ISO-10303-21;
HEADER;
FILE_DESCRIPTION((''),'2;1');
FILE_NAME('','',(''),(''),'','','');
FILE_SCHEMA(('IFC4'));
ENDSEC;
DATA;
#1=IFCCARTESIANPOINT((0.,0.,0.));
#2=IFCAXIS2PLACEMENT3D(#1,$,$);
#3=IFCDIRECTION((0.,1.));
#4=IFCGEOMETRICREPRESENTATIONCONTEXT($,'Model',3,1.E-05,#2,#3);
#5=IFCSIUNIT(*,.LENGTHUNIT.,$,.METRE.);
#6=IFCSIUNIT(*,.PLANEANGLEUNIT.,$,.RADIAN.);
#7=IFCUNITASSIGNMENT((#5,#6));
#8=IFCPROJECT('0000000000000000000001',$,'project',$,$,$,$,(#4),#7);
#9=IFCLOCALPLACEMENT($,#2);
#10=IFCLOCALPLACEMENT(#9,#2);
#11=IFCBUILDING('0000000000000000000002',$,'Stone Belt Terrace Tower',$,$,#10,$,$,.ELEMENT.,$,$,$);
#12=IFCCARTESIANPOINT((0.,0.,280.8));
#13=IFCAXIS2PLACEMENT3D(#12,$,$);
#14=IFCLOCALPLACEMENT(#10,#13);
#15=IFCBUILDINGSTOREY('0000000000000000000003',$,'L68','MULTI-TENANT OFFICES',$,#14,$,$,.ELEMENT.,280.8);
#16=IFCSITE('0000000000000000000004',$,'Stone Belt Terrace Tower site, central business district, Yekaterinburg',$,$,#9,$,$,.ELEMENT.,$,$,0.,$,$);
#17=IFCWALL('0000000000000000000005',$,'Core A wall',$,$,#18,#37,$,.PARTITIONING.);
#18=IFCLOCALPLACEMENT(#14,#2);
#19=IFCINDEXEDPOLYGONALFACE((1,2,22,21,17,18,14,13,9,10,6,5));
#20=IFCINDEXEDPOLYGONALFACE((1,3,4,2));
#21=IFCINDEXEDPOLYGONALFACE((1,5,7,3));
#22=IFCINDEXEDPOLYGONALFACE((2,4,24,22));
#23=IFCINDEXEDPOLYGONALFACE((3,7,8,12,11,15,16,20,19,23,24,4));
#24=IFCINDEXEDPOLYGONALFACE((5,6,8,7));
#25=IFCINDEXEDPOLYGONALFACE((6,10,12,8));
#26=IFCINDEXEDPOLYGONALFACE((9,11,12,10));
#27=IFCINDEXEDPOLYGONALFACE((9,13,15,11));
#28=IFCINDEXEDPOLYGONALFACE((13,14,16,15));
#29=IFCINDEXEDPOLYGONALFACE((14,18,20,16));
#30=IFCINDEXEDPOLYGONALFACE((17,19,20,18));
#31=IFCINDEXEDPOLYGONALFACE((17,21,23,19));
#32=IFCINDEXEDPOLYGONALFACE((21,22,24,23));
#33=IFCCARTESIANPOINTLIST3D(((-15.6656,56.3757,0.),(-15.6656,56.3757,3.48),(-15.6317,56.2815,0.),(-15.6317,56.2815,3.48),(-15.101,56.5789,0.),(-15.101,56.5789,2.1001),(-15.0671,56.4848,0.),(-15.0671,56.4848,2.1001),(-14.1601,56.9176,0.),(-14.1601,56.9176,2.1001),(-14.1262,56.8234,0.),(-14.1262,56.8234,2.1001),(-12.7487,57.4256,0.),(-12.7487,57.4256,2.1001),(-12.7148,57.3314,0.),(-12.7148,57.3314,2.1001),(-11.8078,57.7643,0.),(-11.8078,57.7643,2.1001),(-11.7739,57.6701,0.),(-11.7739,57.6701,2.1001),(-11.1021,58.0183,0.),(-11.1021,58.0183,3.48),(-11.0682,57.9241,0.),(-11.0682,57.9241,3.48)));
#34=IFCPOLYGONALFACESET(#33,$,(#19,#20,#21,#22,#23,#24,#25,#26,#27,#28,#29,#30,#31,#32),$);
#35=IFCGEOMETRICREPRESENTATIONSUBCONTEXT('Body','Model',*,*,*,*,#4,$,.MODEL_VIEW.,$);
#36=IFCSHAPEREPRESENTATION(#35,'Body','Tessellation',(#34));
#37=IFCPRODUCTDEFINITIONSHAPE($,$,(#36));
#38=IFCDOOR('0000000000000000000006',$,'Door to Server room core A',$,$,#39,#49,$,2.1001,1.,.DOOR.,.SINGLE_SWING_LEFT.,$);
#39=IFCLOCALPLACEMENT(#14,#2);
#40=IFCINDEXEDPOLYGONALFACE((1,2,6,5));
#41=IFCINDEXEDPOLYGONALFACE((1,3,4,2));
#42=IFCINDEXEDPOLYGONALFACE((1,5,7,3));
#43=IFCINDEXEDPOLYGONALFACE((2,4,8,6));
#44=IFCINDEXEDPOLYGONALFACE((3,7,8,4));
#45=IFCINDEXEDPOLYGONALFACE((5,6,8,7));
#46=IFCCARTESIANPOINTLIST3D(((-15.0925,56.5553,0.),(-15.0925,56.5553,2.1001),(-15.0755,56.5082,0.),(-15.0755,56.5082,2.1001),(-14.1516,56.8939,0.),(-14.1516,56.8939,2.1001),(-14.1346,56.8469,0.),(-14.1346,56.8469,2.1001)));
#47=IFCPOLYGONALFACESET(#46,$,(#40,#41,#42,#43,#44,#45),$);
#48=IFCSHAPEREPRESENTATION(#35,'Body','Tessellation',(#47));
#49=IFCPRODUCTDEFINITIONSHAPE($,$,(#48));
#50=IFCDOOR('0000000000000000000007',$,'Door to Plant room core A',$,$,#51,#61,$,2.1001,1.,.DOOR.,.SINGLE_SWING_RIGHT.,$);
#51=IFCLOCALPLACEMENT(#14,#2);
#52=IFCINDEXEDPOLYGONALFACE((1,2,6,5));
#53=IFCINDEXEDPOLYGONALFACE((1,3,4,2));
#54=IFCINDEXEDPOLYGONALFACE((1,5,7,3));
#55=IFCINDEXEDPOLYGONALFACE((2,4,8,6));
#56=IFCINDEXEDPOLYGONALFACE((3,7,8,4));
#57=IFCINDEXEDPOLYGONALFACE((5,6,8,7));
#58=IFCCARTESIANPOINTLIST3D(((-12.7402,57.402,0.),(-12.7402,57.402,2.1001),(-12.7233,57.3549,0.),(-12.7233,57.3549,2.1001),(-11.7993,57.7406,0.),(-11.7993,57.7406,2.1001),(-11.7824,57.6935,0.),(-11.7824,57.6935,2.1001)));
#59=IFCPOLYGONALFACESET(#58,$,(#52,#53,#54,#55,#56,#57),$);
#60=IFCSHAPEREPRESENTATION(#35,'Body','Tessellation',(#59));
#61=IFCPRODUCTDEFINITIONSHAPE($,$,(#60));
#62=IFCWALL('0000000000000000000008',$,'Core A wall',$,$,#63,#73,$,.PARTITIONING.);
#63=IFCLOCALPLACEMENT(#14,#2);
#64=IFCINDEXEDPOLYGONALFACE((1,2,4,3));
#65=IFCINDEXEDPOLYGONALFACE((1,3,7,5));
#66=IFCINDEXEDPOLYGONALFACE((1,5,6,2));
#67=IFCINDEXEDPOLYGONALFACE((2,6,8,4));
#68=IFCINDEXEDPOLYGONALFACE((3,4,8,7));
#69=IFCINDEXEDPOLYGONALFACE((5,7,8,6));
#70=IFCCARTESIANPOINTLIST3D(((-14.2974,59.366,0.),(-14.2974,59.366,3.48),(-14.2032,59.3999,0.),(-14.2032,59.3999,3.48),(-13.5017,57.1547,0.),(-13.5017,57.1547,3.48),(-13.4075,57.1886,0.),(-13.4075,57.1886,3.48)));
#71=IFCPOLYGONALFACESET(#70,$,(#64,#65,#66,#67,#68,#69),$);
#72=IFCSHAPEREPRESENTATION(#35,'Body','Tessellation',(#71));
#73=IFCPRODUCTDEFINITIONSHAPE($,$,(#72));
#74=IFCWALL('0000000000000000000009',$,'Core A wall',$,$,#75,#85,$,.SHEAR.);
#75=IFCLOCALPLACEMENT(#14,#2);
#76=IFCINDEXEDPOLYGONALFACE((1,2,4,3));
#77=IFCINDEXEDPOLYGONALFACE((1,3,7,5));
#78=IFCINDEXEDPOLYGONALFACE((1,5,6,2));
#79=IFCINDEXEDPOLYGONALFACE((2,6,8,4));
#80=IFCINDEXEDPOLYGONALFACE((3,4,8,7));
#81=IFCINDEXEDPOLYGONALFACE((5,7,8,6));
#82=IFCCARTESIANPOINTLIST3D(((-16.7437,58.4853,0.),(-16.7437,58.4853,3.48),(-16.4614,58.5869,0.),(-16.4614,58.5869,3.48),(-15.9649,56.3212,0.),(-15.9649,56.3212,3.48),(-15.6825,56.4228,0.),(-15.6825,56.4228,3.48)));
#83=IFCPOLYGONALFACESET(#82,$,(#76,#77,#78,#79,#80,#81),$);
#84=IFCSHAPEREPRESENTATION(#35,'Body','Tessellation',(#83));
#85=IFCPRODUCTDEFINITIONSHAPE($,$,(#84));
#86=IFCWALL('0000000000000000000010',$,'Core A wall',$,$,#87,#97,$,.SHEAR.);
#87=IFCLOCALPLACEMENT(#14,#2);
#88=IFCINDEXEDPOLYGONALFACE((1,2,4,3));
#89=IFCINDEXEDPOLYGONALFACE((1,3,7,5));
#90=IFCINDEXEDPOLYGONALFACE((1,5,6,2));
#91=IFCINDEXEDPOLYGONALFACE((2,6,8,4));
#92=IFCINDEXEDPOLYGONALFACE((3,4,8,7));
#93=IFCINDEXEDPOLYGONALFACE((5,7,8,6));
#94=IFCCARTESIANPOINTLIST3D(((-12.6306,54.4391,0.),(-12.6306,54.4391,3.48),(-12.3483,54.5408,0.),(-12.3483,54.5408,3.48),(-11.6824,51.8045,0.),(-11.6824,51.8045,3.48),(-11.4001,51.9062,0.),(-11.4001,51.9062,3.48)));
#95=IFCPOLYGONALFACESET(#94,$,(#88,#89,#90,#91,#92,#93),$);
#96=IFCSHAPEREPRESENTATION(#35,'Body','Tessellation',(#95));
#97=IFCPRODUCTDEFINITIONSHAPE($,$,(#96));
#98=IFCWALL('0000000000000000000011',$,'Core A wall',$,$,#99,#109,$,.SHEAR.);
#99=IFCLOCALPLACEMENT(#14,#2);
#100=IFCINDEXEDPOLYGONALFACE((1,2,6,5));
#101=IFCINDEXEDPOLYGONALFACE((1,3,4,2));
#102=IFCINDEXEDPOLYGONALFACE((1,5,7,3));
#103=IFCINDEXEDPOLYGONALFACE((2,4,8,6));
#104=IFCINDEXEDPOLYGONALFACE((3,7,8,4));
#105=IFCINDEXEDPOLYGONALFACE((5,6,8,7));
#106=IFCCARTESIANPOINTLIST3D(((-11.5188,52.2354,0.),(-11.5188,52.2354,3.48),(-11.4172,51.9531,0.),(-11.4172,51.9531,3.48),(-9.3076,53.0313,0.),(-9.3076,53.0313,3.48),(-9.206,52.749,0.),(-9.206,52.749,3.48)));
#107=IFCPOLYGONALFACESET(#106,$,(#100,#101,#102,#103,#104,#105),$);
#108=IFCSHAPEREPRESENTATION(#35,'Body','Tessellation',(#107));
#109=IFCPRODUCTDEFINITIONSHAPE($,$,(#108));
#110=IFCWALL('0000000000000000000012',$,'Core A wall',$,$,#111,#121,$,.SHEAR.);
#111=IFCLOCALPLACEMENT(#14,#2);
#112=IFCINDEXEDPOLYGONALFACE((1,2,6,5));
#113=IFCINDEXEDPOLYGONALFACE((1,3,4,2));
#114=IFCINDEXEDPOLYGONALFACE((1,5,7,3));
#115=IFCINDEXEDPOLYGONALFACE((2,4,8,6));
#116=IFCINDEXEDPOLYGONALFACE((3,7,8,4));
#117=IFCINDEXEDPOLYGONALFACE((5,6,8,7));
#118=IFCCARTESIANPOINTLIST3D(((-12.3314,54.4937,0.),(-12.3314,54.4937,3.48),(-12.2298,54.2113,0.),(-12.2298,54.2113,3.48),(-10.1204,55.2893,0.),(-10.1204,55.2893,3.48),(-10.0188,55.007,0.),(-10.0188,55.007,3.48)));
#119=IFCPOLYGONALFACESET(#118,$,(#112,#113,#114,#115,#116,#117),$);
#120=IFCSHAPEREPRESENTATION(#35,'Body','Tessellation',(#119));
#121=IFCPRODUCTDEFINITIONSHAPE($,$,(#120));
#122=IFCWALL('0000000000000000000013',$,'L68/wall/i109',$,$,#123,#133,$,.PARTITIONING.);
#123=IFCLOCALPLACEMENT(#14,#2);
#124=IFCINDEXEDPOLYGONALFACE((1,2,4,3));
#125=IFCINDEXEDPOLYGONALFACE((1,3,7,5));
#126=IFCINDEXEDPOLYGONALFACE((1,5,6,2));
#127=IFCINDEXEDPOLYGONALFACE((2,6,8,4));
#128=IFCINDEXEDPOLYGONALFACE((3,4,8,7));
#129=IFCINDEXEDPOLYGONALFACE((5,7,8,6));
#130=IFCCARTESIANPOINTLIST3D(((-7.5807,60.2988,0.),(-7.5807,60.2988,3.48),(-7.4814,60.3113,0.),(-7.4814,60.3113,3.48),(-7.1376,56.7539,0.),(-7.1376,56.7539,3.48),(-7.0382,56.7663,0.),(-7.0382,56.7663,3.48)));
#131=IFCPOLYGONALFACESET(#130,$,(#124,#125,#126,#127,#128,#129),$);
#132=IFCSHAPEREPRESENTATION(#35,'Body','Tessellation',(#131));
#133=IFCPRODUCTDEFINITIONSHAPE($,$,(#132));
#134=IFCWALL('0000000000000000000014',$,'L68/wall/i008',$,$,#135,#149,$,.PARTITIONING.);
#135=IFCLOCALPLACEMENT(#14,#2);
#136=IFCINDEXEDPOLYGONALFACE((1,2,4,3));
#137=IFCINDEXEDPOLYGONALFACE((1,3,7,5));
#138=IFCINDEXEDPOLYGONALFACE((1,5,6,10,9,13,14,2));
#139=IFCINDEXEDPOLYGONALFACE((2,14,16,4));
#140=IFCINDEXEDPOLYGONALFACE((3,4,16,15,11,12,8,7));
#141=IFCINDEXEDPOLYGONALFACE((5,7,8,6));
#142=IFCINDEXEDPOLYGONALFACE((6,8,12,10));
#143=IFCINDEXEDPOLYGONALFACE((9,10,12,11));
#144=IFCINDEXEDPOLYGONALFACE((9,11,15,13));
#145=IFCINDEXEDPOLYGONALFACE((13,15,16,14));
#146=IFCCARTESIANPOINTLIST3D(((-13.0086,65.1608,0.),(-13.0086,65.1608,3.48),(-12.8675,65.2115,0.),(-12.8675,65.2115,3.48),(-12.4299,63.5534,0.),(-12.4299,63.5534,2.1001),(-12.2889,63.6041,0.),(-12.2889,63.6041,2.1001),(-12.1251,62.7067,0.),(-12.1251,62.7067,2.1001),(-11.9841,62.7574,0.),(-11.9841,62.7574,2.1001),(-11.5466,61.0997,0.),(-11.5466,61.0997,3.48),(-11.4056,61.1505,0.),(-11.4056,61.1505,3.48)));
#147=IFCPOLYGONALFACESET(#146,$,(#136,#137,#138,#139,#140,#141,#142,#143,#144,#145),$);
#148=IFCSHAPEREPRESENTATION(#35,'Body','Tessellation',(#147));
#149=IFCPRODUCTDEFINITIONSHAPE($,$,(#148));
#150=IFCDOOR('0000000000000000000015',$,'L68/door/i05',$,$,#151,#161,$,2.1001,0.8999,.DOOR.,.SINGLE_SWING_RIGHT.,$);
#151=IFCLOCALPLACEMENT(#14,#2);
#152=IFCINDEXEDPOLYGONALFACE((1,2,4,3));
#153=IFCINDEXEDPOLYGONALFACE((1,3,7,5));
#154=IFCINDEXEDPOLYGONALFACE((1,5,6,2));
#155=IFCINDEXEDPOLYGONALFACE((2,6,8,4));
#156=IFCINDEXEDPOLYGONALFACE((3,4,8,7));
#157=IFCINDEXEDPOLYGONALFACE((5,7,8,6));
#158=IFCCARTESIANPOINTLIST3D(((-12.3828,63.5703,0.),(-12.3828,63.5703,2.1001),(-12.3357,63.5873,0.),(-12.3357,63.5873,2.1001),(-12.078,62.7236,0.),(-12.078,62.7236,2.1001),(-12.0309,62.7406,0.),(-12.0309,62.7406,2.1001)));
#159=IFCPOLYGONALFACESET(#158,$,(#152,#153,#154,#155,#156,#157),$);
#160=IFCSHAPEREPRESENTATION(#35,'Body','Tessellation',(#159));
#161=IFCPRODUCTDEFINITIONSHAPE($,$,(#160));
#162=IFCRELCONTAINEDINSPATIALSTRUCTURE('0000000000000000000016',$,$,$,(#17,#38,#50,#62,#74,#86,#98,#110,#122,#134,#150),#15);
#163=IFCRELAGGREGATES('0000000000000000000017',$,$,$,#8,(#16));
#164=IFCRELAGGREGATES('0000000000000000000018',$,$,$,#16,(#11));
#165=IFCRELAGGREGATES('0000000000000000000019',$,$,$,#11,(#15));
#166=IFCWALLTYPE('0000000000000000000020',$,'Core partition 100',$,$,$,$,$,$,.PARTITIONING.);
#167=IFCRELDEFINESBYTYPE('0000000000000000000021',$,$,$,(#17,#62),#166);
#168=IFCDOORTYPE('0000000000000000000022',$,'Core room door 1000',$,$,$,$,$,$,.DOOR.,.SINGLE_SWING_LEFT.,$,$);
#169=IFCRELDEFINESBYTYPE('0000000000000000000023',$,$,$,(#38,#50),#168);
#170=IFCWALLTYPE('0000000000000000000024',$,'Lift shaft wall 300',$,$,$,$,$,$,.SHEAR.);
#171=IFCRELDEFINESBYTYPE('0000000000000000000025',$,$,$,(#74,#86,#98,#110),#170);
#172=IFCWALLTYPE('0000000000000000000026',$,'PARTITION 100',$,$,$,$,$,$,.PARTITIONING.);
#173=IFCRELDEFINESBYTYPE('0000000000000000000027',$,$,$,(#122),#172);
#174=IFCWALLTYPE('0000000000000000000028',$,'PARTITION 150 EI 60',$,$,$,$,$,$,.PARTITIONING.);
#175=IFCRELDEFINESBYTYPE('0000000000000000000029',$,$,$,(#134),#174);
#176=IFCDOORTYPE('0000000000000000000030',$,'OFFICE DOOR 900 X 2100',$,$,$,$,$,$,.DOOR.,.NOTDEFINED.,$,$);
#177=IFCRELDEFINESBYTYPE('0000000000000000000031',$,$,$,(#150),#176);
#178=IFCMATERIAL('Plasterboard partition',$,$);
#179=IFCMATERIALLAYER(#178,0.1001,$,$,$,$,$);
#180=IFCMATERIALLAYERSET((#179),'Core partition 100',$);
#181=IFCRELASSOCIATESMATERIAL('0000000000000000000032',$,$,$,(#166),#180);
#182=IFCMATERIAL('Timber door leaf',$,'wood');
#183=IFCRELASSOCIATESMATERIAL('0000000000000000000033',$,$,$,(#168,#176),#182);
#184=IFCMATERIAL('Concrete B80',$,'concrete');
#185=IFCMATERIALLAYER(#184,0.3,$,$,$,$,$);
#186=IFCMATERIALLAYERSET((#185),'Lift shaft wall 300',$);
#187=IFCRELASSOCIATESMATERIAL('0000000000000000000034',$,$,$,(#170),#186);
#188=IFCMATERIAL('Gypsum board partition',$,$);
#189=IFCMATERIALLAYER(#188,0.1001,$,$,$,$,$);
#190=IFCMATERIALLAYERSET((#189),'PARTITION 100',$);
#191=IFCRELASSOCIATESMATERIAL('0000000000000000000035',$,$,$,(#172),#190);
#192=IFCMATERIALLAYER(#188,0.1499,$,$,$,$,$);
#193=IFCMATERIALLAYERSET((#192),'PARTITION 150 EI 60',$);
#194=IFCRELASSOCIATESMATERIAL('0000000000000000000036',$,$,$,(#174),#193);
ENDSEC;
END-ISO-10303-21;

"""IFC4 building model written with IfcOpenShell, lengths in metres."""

from ifc_helpers import new_model, si_unit, direction, frame, frame_2d, origin, place, context, subcontext, project, spatial, rectangle, extrude, material, layer, layer_set, type_object, element, fill, save


model = new_model("IFC4")

# Units and contexts
model_context = context("Model", 3, precision=1e-05, world=origin(), true_north=direction((0.0, 1.0)))
body_context = subcontext(model_context, "Body", "Model", "MODEL_VIEW")
ifc_project = project(units=[si_unit("LENGTHUNIT", "METRE"), si_unit("PLANEANGLEUNIT", "RADIAN")], contexts=[model_context])

# Site, building, storey
site_placement = place(None, origin())
site = spatial("IfcSite", under=ifc_project, at=site_placement, Name="Stone Belt Terrace Tower site, central business district, Yekaterinburg", CompositionType="ELEMENT", RefElevation=0.0)
building_placement = place(site_placement, origin())
building = spatial("IfcBuilding", under=site, at=building_placement, Name="Stone Belt Terrace Tower", CompositionType="ELEMENT")
storey_placement = place(building_placement, frame((0.0, 0.0, 280.8)))
storey = spatial("IfcBuildingStorey", under=building, at=storey_placement, Name="L68", Description="MULTI-TENANT OFFICES", CompositionType="ELEMENT", Elevation=280.8)

# Shared definitions
ifc_material_1 = material(Name="Plasterboard partition")
ifc_layer_1 = layer(ifc_material_1, 0.1001)
ifc_layer_set_1 = layer_set([ifc_layer_1], Name="Core partition 100")
wall_type_1 = type_object("IfcWallType", Name="Core partition 100", PredefinedType="PARTITIONING", material=ifc_layer_set_1)

# Wall, openings, doors
wall_1_placement = place(storey_placement, frame((-15.6487, 56.3286, 0.0), z_axis=(0.0, 0.0, 1.0), x_axis=(0.940905, 0.33867, 0.0)))
wall_1 = element("IfcWall", 1, at=wall_1_placement, inside=storey, type_object=wall_type_1, Name="Core A wall", PredefinedType="PARTITIONING", context=body_context, shape_type="SweptSolid", body=[
    extrude(rectangle(XDim=4.8501, YDim=0.1001, at=frame_2d((2.425, 0.0))), origin(), (0.0, 0.0, 1.0), 3.48),
])
opening_1_placement = place(wall_1_placement, frame((0.6001, 0.0, 0.0)))
opening_1 = element("IfcOpeningElement", 2, at=opening_1_placement, cuts=wall_1, PredefinedType="OPENING", context=body_context, shape_type="SweptSolid", body=[
    extrude(rectangle(XDim=1.0, YDim=2.1001, at=frame_2d((0.5, 1.05))), frame((0.0, 0.0601, 0.0), z_axis=(0.0, -1.0, 0.0), x_axis=(1.0, 0.0, 0.0)), (0.0, 0.0, 1.0), 0.1201),
])
opening_2_placement = place(wall_1_placement, frame((3.1001, 0.0, 0.0)))
opening_2 = element("IfcOpeningElement", 3, at=opening_2_placement, cuts=wall_1, PredefinedType="OPENING", context=body_context, shape_type="SweptSolid", body=[
    extrude(rectangle(XDim=1.0, YDim=2.1001, at=frame_2d((0.5, 1.05))), frame((0.0, 0.0601, 0.0), z_axis=(0.0, -1.0, 0.0), x_axis=(1.0, 0.0, 0.0)), (0.0, 0.0, 1.0), 0.1201),
])
ifc_material_2 = material(Name="Timber door leaf", Category="wood")
door_type_1 = type_object("IfcDoorType", Name="Core room door 1000", OperationType="SINGLE_SWING_LEFT", PredefinedType="DOOR", material=ifc_material_2)
door_1_placement = place(opening_1_placement, origin())
door_1 = element("IfcDoor", 4, at=door_1_placement, inside=storey, type_object=door_type_1, Name="Door to Server room core A", OperationType="SINGLE_SWING_LEFT", OverallHeight=2.1001, OverallWidth=1.0, PredefinedType="DOOR", context=body_context, shape_type="SweptSolid", body=[
    extrude(rectangle(XDim=1.0, YDim=2.1001, at=frame_2d((0.5, 1.05))), frame((0.0, 0.0249, 0.0), z_axis=(0.0, -1.0, 0.0), x_axis=(1.0, 0.0, 0.0)), (0.0, 0.0, 1.0), 0.05),
])
fill(opening_1, door_1)
door_2_placement = place(opening_2_placement, origin())
door_2 = element("IfcDoor", 5, at=door_2_placement, inside=storey, type_object=door_type_1, Name="Door to Plant room core A", OperationType="SINGLE_SWING_RIGHT", OverallHeight=2.1001, OverallWidth=1.0, PredefinedType="DOOR", context=body_context, shape_type="SweptSolid", body=[
    extrude(rectangle(XDim=1.0, YDim=2.1001, at=frame_2d((0.5, 1.05))), frame((0.0, 0.0249, 0.0), z_axis=(0.0, -1.0, 0.0), x_axis=(1.0, 0.0, 0.0)), (0.0, 0.0, 1.0), 0.05),
])
fill(opening_2, door_2)

# Walls
wall_2_placement = place(storey_placement, frame((-13.4546, 57.1716, 0.0), z_axis=(0.0, 0.0, 1.0), x_axis=(-0.33858, 0.940938, 0.0)))
element("IfcWall", 6, at=wall_2_placement, inside=storey, type_object=wall_type_1, Name="Core A wall", PredefinedType="PARTITIONING", context=body_context, shape_type="SweptSolid", body=[
    extrude(rectangle(XDim=2.3501, YDim=0.1001, at=frame_2d((1.175, 0.0))), origin(), (0.0, 0.0, 1.0), 3.48),
])
ifc_material_3 = material(Name="Concrete B80", Category="concrete")
ifc_layer_2 = layer(ifc_material_3, 0.3)
ifc_layer_set_2 = layer_set([ifc_layer_2], Name="Lift shaft wall 300")
wall_type_2 = type_object("IfcWallType", Name="Lift shaft wall 300", PredefinedType="SHEAR", material=ifc_layer_set_2)
wall_3_placement = place(storey_placement, frame((-15.8237, 56.3721, 0.0), z_axis=(0.0, 0.0, 1.0), x_axis=(-0.338622, 0.940923, 0.0)))
element("IfcWall", 7, at=wall_3_placement, inside=storey, type_object=wall_type_2, Name="Core A wall", PredefinedType="SHEAR", context=body_context, shape_type="SweptSolid", body=[
    extrude(rectangle(XDim=2.3, YDim=0.3, at=frame_2d((1.1499, 0.0))), origin(), (0.0, 0.0, 1.0), 3.48),
])
wall_4_placement = place(storey_placement, frame((-11.5413, 51.8555, 0.0), z_axis=(0.0, 0.0, 1.0), x_axis=(-0.338661, 0.940909, 0.0)))
element("IfcWall", 8, at=wall_4_placement, inside=storey, type_object=wall_type_2, Name="Core A wall", PredefinedType="SHEAR", context=body_context, shape_type="SweptSolid", body=[
    extrude(rectangle(XDim=2.8, YDim=0.3, at=frame_2d((1.3999, 0.0))), origin(), (0.0, 0.0, 1.0), 3.48),
])
wall_5_placement = place(storey_placement, frame((-11.468, 52.0942, 0.0), z_axis=(0.0, 0.0, 1.0), x_axis=(0.940905, 0.338672, 0.0)))
element("IfcWall", 9, at=wall_5_placement, inside=storey, type_object=wall_type_2, Name="Core A wall", PredefinedType="SHEAR", context=body_context, shape_type="SweptSolid", body=[
    extrude(rectangle(XDim=2.3501, YDim=0.3, at=frame_2d((1.175, 0.0))), origin(), (0.0, 0.0, 1.0), 3.48),
])
wall_6_placement = place(storey_placement, frame((-12.2805, 54.3525, 0.0), z_axis=(0.0, 0.0, 1.0), x_axis=(0.940926, 0.338613, 0.0)))
element("IfcWall", 10, at=wall_6_placement, inside=storey, type_object=wall_type_2, Name="Core A wall", PredefinedType="SHEAR", context=body_context, shape_type="SweptSolid", body=[
    extrude(rectangle(XDim=2.3499, YDim=0.3, at=frame_2d((1.1748, 0.0))), origin(), (0.0, 0.0, 1.0), 3.48),
])
ifc_material_4 = material(Name="Gypsum board partition")
ifc_layer_3 = layer(ifc_material_4, 0.1001)
ifc_layer_set_3 = layer_set([ifc_layer_3], Name="PARTITION 100")
wall_type_3 = type_object("IfcWallType", Name="PARTITION 100", PredefinedType="PARTITIONING", material=ifc_layer_set_3)
wall_7_placement = place(storey_placement, frame((-7.531, 60.3049, 0.0), z_axis=(0.0, 0.0, 1.0), x_axis=(0.124035, -0.992278, 0.0)))
element("IfcWall", 11, at=wall_7_placement, inside=storey, type_object=wall_type_3, Name="L68/wall/i109", PredefinedType="PARTITIONING", context=body_context, shape_type="SweptSolid", body=[
    extrude(rectangle(XDim=3.5725, YDim=0.1001, at=frame_2d((1.7861, 0.0))), origin(), (0.0, 0.0, 1.0), 3.48),
])

# Wall, opening, door
ifc_layer_4 = layer(ifc_material_4, 0.1499)
ifc_layer_set_4 = layer_set([ifc_layer_4], Name="PARTITION 150 EI 60")
wall_type_4 = type_object("IfcWallType", Name="PARTITION 150 EI 60", PredefinedType="PARTITIONING", material=ifc_layer_set_4)
wall_8_placement = place(storey_placement, frame((-11.4761, 61.125, 0.0), z_axis=(0.0, 0.0, 1.0), x_axis=(-0.338707, 0.940892, 0.0)))
wall_8 = element("IfcWall", 12, at=wall_8_placement, inside=storey, type_object=wall_type_4, Name="L68/wall/i008", PredefinedType="PARTITIONING", context=body_context, shape_type="SweptSolid", body=[
    extrude(rectangle(XDim=4.3162, YDim=0.1499, at=frame_2d((2.1582, 0.0))), origin(), (0.0, 0.0, 1.0), 3.48),
])
opening_3_placement = place(wall_8_placement, frame((1.708, 0.0, 0.0)))
opening_3 = element("IfcOpeningElement", 13, at=opening_3_placement, cuts=wall_8, PredefinedType="OPENING", context=body_context, shape_type="SweptSolid", body=[
    extrude(rectangle(XDim=0.8999, YDim=2.1001, at=frame_2d((0.45, 1.05))), frame((0.0, 0.085, 0.0), z_axis=(0.0, -1.0, 0.0), x_axis=(1.0, 0.0, 0.0)), (0.0, 0.0, 1.0), 0.1699),
])
door_type_2 = type_object("IfcDoorType", Name="OFFICE DOOR 900 X 2100", OperationType="NOTDEFINED", PredefinedType="DOOR", material=ifc_material_2)
door_3_placement = place(opening_3_placement, origin())
door_3 = element("IfcDoor", 14, at=door_3_placement, inside=storey, type_object=door_type_2, Name="L68/door/i05", OperationType="SINGLE_SWING_RIGHT", OverallHeight=2.1001, OverallWidth=0.8999, PredefinedType="DOOR", context=body_context, shape_type="SweptSolid", body=[
    extrude(rectangle(XDim=0.8999, YDim=2.1001, at=frame_2d((0.45, 1.05))), frame((0.0, 0.0249, 0.0), z_axis=(0.0, -1.0, 0.0), x_axis=(1.0, 0.0, 0.0)), (0.0, 0.0, 1.0), 0.05),
])
fill(opening_3, door_3)

save(model, "model.ifc")
